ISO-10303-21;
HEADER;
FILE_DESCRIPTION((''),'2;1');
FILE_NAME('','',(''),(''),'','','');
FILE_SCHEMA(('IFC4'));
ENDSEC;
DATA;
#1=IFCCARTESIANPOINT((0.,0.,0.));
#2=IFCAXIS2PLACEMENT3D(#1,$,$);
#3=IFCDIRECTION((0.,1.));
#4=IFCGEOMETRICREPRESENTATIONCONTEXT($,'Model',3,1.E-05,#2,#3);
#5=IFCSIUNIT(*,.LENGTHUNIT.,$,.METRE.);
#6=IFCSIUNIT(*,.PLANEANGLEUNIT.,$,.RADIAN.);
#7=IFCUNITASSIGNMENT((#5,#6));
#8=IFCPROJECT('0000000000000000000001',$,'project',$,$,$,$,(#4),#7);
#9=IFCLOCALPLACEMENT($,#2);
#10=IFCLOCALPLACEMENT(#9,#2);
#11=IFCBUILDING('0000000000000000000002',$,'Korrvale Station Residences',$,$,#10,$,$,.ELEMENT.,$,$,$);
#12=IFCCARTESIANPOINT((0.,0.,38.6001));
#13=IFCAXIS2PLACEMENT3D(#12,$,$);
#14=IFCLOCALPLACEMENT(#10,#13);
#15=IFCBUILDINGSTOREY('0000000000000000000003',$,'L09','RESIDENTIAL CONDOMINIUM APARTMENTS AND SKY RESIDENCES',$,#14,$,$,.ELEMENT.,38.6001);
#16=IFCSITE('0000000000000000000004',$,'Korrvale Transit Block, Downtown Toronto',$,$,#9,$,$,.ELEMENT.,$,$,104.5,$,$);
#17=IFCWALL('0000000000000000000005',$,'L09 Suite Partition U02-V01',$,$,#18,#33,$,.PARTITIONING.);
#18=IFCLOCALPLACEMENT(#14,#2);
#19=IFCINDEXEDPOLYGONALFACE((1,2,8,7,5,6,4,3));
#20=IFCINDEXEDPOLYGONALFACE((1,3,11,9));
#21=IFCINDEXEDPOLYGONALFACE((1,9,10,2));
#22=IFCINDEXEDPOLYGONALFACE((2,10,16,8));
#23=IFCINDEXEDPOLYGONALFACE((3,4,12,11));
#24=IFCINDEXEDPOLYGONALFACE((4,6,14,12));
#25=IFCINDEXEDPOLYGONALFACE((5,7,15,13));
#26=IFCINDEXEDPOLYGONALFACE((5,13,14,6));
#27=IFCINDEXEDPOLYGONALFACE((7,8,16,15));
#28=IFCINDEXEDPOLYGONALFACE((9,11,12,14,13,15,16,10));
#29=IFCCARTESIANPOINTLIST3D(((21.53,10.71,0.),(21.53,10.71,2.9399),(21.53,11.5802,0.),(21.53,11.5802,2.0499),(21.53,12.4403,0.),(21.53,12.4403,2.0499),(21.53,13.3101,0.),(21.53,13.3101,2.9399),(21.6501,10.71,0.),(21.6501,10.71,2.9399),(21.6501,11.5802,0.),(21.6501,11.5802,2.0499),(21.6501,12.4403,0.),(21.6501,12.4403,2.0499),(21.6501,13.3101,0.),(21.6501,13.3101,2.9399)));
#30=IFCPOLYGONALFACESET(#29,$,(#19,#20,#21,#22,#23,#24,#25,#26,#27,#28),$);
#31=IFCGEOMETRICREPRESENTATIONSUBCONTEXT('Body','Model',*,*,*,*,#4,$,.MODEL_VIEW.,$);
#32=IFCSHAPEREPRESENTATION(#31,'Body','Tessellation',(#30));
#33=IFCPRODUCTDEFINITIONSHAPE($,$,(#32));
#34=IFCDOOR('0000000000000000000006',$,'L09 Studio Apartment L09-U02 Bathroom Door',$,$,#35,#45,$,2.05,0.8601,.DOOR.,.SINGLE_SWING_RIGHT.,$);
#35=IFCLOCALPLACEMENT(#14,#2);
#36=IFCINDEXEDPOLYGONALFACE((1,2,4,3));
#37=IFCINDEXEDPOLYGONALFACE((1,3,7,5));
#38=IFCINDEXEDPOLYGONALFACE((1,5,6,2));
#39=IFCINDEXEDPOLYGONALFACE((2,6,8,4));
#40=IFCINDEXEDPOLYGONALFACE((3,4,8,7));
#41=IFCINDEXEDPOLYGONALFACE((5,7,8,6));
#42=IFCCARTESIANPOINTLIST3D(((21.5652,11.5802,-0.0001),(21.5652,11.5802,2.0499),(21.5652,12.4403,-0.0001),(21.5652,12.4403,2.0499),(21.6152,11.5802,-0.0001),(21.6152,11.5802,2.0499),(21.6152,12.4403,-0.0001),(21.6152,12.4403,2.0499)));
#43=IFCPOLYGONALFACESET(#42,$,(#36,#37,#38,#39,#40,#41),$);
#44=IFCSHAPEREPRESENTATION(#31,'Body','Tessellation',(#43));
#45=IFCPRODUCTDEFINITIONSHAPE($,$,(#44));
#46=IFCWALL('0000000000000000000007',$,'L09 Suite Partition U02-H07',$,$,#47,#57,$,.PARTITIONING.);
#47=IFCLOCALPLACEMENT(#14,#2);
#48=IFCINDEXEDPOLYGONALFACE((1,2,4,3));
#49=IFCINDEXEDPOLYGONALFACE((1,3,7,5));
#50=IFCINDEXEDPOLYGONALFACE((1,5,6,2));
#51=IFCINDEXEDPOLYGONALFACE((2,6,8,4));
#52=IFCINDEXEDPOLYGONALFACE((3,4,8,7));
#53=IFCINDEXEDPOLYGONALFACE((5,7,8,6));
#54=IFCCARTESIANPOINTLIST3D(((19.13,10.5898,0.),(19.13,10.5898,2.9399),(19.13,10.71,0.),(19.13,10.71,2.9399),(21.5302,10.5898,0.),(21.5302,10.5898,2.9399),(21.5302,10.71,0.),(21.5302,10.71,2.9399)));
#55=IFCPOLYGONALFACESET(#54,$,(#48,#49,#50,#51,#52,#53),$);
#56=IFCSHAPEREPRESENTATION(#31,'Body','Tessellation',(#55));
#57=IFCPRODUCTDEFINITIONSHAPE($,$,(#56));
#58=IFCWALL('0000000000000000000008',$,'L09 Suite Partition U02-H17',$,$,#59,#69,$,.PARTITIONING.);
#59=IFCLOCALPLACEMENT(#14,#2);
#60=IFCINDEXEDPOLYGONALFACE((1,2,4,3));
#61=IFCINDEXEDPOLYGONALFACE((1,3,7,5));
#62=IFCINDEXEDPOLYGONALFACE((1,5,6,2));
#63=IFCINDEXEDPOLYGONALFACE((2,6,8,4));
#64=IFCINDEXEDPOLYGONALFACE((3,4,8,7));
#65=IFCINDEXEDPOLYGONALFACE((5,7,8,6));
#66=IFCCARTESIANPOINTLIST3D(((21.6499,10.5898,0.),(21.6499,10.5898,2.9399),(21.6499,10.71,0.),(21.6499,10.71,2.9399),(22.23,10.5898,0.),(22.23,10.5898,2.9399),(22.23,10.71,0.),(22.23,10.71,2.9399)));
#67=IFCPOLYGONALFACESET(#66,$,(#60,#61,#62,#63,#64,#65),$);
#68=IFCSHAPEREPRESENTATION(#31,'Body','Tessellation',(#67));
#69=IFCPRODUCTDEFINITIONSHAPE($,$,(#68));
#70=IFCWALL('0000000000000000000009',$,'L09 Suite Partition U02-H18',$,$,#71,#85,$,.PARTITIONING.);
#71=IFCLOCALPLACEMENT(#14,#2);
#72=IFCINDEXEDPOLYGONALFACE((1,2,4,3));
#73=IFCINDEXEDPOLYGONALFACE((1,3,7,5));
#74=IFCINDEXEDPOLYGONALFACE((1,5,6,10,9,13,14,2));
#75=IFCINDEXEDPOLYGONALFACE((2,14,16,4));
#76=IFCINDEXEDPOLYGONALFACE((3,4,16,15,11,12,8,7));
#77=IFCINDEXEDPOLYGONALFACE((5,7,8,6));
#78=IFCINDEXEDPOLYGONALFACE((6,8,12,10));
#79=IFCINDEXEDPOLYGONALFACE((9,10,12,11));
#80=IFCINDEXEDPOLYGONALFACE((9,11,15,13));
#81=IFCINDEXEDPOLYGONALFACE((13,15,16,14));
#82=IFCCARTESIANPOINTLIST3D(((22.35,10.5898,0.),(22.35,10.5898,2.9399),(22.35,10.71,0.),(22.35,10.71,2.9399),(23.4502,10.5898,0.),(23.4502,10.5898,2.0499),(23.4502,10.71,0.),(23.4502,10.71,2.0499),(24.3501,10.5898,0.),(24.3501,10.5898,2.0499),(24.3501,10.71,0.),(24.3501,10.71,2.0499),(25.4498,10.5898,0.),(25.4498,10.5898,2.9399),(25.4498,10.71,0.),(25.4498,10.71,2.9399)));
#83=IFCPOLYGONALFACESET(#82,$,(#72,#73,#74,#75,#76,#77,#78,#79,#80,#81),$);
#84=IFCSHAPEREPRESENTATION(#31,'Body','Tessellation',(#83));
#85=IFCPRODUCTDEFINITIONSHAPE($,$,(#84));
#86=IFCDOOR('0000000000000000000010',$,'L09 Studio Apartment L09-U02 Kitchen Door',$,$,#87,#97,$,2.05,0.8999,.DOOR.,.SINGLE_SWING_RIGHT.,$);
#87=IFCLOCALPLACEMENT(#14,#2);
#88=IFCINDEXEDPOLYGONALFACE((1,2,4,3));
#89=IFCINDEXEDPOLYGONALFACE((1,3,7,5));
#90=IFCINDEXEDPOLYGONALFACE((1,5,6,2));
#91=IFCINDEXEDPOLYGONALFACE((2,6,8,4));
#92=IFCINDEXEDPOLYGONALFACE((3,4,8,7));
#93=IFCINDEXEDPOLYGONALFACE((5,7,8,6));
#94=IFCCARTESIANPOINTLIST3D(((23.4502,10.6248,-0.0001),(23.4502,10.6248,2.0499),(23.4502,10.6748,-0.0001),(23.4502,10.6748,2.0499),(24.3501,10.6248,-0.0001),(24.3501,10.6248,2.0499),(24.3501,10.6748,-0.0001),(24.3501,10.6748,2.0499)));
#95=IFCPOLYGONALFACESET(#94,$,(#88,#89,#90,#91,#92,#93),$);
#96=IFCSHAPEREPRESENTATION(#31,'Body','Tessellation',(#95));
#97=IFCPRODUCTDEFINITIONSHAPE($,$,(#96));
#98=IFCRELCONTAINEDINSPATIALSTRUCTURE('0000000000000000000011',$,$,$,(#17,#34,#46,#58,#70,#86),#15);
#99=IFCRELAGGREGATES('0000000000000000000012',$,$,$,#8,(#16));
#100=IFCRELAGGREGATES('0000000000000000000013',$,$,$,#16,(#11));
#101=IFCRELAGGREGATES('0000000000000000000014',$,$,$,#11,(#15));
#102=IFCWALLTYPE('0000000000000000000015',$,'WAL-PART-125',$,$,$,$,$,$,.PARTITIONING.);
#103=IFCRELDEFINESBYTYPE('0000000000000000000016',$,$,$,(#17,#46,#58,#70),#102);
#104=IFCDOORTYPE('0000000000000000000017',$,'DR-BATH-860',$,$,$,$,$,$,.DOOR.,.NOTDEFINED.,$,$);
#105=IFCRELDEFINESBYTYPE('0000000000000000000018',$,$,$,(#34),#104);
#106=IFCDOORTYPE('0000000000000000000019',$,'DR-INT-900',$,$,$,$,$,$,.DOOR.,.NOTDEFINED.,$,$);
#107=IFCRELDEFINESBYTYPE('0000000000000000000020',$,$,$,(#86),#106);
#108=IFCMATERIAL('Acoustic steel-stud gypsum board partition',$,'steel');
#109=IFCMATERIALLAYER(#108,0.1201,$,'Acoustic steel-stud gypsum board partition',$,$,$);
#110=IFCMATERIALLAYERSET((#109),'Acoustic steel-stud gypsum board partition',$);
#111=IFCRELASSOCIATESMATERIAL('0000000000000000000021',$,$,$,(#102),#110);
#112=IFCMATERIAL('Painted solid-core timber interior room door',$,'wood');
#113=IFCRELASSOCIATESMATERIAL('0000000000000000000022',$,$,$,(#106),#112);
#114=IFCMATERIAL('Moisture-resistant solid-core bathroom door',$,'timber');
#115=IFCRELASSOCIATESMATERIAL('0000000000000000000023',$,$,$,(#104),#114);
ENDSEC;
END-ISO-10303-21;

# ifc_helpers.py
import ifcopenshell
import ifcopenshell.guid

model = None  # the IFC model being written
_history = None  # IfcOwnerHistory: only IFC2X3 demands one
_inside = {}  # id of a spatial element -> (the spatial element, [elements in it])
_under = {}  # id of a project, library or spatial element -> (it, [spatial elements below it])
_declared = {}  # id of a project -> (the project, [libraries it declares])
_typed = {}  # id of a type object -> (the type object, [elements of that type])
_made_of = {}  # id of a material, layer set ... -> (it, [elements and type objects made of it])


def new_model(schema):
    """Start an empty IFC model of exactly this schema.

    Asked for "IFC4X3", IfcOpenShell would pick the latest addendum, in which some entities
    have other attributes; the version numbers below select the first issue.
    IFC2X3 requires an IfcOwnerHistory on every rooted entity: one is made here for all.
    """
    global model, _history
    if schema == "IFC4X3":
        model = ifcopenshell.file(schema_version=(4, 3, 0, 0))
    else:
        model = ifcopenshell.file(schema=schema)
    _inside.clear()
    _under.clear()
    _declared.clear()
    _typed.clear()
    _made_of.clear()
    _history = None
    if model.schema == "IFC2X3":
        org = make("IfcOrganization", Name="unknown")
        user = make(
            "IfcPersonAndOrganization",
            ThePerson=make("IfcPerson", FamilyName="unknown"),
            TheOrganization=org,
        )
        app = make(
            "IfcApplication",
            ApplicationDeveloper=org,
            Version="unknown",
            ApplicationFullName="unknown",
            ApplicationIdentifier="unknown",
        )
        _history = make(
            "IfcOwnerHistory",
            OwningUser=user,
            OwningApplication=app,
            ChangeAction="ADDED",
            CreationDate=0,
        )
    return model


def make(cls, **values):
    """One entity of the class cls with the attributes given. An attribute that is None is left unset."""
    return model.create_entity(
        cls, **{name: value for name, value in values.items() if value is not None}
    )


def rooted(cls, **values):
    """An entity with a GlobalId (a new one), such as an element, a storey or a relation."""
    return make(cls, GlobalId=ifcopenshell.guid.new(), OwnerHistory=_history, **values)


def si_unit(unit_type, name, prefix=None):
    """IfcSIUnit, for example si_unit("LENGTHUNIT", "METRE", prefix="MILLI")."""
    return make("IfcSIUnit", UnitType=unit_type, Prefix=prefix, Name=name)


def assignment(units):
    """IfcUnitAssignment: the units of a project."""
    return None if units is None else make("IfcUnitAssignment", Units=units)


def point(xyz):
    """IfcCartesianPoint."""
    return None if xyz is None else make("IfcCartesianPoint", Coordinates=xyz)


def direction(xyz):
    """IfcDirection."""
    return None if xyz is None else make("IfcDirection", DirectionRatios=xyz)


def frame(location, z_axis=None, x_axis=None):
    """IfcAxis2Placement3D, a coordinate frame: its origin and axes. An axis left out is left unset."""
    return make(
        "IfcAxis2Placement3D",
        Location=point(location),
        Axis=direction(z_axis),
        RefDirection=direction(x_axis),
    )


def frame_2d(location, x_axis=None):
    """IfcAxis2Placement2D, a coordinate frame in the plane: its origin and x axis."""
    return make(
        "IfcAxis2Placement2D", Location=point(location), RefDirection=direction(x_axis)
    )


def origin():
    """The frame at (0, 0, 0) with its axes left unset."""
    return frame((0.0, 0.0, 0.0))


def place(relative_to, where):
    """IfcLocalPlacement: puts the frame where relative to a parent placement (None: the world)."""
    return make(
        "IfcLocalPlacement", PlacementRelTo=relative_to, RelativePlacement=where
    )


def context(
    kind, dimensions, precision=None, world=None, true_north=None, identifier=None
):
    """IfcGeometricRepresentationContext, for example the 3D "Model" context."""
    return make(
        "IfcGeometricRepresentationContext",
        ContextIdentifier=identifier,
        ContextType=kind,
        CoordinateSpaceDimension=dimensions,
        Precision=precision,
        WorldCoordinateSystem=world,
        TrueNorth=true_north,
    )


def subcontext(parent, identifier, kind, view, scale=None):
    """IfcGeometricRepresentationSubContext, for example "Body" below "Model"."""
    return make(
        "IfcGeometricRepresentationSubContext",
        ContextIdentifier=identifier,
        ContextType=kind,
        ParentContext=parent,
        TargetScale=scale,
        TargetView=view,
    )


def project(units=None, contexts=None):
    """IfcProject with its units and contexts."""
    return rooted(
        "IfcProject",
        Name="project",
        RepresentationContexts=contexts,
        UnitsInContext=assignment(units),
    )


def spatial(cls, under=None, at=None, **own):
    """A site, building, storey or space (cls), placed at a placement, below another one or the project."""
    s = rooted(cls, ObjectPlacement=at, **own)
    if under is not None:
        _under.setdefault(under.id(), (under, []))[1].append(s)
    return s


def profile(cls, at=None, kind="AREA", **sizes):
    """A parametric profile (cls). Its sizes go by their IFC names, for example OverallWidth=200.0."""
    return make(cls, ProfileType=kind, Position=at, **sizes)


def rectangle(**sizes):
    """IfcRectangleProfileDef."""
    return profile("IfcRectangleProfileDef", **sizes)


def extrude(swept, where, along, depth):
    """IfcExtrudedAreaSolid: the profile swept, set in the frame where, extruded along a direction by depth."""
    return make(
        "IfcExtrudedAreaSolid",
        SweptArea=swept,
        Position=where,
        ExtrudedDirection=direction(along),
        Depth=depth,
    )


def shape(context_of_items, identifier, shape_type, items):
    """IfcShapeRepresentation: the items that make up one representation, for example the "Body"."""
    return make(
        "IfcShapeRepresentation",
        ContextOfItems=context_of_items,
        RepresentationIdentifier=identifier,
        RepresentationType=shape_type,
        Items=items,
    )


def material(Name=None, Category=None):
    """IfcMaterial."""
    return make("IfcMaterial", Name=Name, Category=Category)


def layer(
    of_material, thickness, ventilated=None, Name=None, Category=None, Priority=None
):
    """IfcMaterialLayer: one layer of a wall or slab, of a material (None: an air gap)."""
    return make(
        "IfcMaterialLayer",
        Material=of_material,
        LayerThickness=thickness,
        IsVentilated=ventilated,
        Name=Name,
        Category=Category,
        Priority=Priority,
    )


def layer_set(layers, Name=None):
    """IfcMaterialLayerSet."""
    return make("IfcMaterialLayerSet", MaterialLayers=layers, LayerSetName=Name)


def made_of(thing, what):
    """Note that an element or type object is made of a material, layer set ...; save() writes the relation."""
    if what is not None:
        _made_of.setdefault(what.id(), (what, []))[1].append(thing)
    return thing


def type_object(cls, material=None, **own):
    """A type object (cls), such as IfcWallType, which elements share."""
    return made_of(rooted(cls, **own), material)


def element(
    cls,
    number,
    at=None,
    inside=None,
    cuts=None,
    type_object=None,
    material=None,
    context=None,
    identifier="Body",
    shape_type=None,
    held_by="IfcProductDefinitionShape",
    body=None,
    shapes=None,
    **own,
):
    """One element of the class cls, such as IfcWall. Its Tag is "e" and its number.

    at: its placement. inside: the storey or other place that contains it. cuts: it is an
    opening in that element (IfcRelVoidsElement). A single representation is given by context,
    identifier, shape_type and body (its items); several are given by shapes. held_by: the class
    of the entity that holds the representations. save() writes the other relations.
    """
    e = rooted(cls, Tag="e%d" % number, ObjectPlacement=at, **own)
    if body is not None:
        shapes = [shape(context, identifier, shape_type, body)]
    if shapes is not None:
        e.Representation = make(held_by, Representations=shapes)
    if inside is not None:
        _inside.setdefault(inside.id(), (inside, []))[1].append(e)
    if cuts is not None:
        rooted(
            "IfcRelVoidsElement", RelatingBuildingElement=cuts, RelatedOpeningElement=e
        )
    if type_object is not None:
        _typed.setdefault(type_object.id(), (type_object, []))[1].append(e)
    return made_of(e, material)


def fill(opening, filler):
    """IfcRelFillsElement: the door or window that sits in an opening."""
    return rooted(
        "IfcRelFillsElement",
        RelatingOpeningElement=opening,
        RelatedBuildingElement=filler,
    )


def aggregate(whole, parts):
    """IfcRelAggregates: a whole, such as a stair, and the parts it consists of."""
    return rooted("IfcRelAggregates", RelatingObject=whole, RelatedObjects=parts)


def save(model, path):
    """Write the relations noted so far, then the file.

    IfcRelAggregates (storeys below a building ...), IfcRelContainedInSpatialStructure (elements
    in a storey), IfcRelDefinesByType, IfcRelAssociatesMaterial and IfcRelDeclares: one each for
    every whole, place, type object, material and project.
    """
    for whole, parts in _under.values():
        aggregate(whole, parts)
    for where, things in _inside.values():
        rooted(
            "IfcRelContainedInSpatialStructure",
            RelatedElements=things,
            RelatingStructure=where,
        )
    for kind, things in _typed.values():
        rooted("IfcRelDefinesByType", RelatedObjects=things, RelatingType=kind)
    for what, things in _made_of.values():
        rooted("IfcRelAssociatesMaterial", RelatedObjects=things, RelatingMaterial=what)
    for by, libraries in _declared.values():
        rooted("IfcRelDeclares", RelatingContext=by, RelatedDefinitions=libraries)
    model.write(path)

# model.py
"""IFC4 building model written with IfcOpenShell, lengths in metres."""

from ifc_helpers import new_model, si_unit, direction, frame, frame_2d, origin, place, context, subcontext, project, spatial, rectangle, extrude, material, layer, layer_set, type_object, element, fill, save


model = new_model("IFC4")

# Units and contexts
model_context = context("Model", 3, precision=1e-05, world=origin(), true_north=direction((0.0, 1.0)))
body_context = subcontext(model_context, "Body", "Model", "MODEL_VIEW")
ifc_project = project(units=[si_unit("LENGTHUNIT", "METRE"), si_unit("PLANEANGLEUNIT", "RADIAN")], contexts=[model_context])

# Site, building, storey
site_placement = place(None, origin())
site = spatial("IfcSite", under=ifc_project, at=site_placement, Name="Korrvale Transit Block, Downtown Toronto", CompositionType="ELEMENT", RefElevation=104.5)
building_placement = place(site_placement, origin())
building = spatial("IfcBuilding", under=site, at=building_placement, Name="Korrvale Station Residences", CompositionType="ELEMENT")
storey_placement = place(building_placement, frame((0.0, 0.0, 38.6001)))
storey = spatial("IfcBuildingStorey", under=building, at=storey_placement, Name="L09", Description="RESIDENTIAL CONDOMINIUM APARTMENTS AND SKY RESIDENCES", CompositionType="ELEMENT", Elevation=38.6001)

# Wall, opening, door
ifc_material_1 = material(Name="Acoustic steel-stud gypsum board partition", Category="steel")
ifc_layer_1 = layer(ifc_material_1, 0.1201, Name="Acoustic steel-stud gypsum board partition")
ifc_layer_set_1 = layer_set([ifc_layer_1], Name="Acoustic steel-stud gypsum board partition")
wall_type_1 = type_object("IfcWallType", Name="WAL-PART-125", PredefinedType="PARTITIONING", material=ifc_layer_set_1)
ifc_material_2 = material(Name="Painted solid-core timber interior room door", Category="wood")
door_type_1 = type_object("IfcDoorType", Name="DR-INT-900", OperationType="NOTDEFINED", PredefinedType="DOOR", material=ifc_material_2)
wall_1_placement = place(storey_placement, frame((21.5901, 10.71, 0.0), z_axis=(0.0, 0.0, 1.0), x_axis=(0.0, 1.0, 0.0)))
wall_1 = element("IfcWall", 1, at=wall_1_placement, inside=storey, type_object=wall_type_1, Name="L09 Suite Partition U02-V01", PredefinedType="PARTITIONING", context=body_context, shape_type="SweptSolid", body=[
    extrude(rectangle(XDim=2.6001, YDim=0.1201, at=frame_2d((1.3, 0.0))), origin(), (0.0, 0.0, 1.0), 2.9399),
])
opening_1_placement = place(wall_1_placement, frame((0.8701, 0.0, 0.0)))
opening_1 = element("IfcOpeningElement", 2, at=opening_1_placement, cuts=wall_1, PredefinedType="OPENING", context=body_context, shape_type="SweptSolid", body=[
    extrude(rectangle(XDim=0.8601, YDim=2.05, at=frame_2d((0.4302, 1.0249))), frame((0.0, 0.0701, 0.0), z_axis=(0.0, -1.0, 0.0), x_axis=(1.0, 0.0, 0.0)), (0.0, 0.0, 1.0), 0.1401),
])
ifc_material_3 = material(Name="Moisture-resistant solid-core bathroom door", Category="timber")
door_type_2 = type_object("IfcDoorType", Name="DR-BATH-860", OperationType="NOTDEFINED", PredefinedType="DOOR", material=ifc_material_3)
door_1_placement = place(opening_1_placement, origin())
door_1 = element("IfcDoor", 3, at=door_1_placement, inside=storey, type_object=door_type_2, Name="L09 Studio Apartment L09-U02 Bathroom Door", OperationType="SINGLE_SWING_RIGHT", OverallHeight=2.05, OverallWidth=0.8601, PredefinedType="DOOR", context=body_context, shape_type="SweptSolid", body=[
    extrude(rectangle(XDim=0.8601, YDim=2.05, at=frame_2d((0.4302, 1.0249))), frame((0.0, 0.0249, 0.0), z_axis=(0.0, -1.0, 0.0), x_axis=(1.0, 0.0, 0.0)), (0.0, 0.0, 1.0), 0.05),
])
fill(opening_1, door_1)

# Walls
wall_2_placement = place(storey_placement, frame((19.1299, 10.6499, 0.0), z_axis=(0.0, 0.0, 1.0), x_axis=(1.0, 0.0, 0.0)))
element("IfcWall", 4, at=wall_2_placement, inside=storey, type_object=wall_type_1, Name="L09 Suite Partition U02-H07", PredefinedType="PARTITIONING", context=body_context, shape_type="SweptSolid", body=[
    extrude(rectangle(XDim=2.4001, YDim=0.1201, at=frame_2d((1.2002, 0.0))), origin(), (0.0, 0.0, 1.0), 2.9399),
])
wall_3_placement = place(storey_placement, frame((21.6499, 10.6499, 0.0), z_axis=(0.0, 0.0, 1.0), x_axis=(1.0, 0.0, 0.0)))
element("IfcWall", 5, at=wall_3_placement, inside=storey, type_object=wall_type_1, Name="L09 Suite Partition U02-H17", PredefinedType="PARTITIONING", context=body_context, shape_type="SweptSolid", body=[
    extrude(rectangle(XDim=0.5801, YDim=0.1201, at=frame_2d((0.29, 0.0))), origin(), (0.0, 0.0, 1.0), 2.9399),
])

# Wall, opening, door
wall_4_placement = place(storey_placement, frame((22.3501, 10.6499, 0.0), z_axis=(0.0, 0.0, 1.0), x_axis=(1.0, 0.0, 0.0)))
wall_4 = element("IfcWall", 6, at=wall_4_placement, inside=storey, type_object=wall_type_1, Name="L09 Suite Partition U02-H18", PredefinedType="PARTITIONING", context=body_context, shape_type="SweptSolid", body=[
    extrude(rectangle(XDim=3.0999, YDim=0.1201, at=frame_2d((1.5498, 0.0))), origin(), (0.0, 0.0, 1.0), 2.9399),
])
opening_2_placement = place(wall_4_placement, frame((1.1001, 0.0, 0.0)))
opening_2 = element("IfcOpeningElement", 7, at=opening_2_placement, cuts=wall_4, PredefinedType="OPENING", context=body_context, shape_type="SweptSolid", body=[
    extrude(rectangle(XDim=0.8999, YDim=2.05, at=frame_2d((0.45, 1.0249))), frame((0.0, 0.0701, 0.0), z_axis=(0.0, -1.0, 0.0), x_axis=(1.0, 0.0, 0.0)), (0.0, 0.0, 1.0), 0.1401),
])
door_2_placement = place(opening_2_placement, origin())
door_2 = element("IfcDoor", 8, at=door_2_placement, inside=storey, type_object=door_type_1, Name="L09 Studio Apartment L09-U02 Kitchen Door", OperationType="SINGLE_SWING_RIGHT", OverallHeight=2.05, OverallWidth=0.8999, PredefinedType="DOOR", context=body_context, shape_type="SweptSolid", body=[
    extrude(rectangle(XDim=0.8999, YDim=2.05, at=frame_2d((0.45, 1.0249))), frame((0.0, 0.0249, 0.0), z_axis=(0.0, -1.0, 0.0), x_axis=(1.0, 0.0, 0.0)), (0.0, 0.0, 1.0), 0.05),
])
fill(opening_2, door_2)

save(model, "model.ifc")
